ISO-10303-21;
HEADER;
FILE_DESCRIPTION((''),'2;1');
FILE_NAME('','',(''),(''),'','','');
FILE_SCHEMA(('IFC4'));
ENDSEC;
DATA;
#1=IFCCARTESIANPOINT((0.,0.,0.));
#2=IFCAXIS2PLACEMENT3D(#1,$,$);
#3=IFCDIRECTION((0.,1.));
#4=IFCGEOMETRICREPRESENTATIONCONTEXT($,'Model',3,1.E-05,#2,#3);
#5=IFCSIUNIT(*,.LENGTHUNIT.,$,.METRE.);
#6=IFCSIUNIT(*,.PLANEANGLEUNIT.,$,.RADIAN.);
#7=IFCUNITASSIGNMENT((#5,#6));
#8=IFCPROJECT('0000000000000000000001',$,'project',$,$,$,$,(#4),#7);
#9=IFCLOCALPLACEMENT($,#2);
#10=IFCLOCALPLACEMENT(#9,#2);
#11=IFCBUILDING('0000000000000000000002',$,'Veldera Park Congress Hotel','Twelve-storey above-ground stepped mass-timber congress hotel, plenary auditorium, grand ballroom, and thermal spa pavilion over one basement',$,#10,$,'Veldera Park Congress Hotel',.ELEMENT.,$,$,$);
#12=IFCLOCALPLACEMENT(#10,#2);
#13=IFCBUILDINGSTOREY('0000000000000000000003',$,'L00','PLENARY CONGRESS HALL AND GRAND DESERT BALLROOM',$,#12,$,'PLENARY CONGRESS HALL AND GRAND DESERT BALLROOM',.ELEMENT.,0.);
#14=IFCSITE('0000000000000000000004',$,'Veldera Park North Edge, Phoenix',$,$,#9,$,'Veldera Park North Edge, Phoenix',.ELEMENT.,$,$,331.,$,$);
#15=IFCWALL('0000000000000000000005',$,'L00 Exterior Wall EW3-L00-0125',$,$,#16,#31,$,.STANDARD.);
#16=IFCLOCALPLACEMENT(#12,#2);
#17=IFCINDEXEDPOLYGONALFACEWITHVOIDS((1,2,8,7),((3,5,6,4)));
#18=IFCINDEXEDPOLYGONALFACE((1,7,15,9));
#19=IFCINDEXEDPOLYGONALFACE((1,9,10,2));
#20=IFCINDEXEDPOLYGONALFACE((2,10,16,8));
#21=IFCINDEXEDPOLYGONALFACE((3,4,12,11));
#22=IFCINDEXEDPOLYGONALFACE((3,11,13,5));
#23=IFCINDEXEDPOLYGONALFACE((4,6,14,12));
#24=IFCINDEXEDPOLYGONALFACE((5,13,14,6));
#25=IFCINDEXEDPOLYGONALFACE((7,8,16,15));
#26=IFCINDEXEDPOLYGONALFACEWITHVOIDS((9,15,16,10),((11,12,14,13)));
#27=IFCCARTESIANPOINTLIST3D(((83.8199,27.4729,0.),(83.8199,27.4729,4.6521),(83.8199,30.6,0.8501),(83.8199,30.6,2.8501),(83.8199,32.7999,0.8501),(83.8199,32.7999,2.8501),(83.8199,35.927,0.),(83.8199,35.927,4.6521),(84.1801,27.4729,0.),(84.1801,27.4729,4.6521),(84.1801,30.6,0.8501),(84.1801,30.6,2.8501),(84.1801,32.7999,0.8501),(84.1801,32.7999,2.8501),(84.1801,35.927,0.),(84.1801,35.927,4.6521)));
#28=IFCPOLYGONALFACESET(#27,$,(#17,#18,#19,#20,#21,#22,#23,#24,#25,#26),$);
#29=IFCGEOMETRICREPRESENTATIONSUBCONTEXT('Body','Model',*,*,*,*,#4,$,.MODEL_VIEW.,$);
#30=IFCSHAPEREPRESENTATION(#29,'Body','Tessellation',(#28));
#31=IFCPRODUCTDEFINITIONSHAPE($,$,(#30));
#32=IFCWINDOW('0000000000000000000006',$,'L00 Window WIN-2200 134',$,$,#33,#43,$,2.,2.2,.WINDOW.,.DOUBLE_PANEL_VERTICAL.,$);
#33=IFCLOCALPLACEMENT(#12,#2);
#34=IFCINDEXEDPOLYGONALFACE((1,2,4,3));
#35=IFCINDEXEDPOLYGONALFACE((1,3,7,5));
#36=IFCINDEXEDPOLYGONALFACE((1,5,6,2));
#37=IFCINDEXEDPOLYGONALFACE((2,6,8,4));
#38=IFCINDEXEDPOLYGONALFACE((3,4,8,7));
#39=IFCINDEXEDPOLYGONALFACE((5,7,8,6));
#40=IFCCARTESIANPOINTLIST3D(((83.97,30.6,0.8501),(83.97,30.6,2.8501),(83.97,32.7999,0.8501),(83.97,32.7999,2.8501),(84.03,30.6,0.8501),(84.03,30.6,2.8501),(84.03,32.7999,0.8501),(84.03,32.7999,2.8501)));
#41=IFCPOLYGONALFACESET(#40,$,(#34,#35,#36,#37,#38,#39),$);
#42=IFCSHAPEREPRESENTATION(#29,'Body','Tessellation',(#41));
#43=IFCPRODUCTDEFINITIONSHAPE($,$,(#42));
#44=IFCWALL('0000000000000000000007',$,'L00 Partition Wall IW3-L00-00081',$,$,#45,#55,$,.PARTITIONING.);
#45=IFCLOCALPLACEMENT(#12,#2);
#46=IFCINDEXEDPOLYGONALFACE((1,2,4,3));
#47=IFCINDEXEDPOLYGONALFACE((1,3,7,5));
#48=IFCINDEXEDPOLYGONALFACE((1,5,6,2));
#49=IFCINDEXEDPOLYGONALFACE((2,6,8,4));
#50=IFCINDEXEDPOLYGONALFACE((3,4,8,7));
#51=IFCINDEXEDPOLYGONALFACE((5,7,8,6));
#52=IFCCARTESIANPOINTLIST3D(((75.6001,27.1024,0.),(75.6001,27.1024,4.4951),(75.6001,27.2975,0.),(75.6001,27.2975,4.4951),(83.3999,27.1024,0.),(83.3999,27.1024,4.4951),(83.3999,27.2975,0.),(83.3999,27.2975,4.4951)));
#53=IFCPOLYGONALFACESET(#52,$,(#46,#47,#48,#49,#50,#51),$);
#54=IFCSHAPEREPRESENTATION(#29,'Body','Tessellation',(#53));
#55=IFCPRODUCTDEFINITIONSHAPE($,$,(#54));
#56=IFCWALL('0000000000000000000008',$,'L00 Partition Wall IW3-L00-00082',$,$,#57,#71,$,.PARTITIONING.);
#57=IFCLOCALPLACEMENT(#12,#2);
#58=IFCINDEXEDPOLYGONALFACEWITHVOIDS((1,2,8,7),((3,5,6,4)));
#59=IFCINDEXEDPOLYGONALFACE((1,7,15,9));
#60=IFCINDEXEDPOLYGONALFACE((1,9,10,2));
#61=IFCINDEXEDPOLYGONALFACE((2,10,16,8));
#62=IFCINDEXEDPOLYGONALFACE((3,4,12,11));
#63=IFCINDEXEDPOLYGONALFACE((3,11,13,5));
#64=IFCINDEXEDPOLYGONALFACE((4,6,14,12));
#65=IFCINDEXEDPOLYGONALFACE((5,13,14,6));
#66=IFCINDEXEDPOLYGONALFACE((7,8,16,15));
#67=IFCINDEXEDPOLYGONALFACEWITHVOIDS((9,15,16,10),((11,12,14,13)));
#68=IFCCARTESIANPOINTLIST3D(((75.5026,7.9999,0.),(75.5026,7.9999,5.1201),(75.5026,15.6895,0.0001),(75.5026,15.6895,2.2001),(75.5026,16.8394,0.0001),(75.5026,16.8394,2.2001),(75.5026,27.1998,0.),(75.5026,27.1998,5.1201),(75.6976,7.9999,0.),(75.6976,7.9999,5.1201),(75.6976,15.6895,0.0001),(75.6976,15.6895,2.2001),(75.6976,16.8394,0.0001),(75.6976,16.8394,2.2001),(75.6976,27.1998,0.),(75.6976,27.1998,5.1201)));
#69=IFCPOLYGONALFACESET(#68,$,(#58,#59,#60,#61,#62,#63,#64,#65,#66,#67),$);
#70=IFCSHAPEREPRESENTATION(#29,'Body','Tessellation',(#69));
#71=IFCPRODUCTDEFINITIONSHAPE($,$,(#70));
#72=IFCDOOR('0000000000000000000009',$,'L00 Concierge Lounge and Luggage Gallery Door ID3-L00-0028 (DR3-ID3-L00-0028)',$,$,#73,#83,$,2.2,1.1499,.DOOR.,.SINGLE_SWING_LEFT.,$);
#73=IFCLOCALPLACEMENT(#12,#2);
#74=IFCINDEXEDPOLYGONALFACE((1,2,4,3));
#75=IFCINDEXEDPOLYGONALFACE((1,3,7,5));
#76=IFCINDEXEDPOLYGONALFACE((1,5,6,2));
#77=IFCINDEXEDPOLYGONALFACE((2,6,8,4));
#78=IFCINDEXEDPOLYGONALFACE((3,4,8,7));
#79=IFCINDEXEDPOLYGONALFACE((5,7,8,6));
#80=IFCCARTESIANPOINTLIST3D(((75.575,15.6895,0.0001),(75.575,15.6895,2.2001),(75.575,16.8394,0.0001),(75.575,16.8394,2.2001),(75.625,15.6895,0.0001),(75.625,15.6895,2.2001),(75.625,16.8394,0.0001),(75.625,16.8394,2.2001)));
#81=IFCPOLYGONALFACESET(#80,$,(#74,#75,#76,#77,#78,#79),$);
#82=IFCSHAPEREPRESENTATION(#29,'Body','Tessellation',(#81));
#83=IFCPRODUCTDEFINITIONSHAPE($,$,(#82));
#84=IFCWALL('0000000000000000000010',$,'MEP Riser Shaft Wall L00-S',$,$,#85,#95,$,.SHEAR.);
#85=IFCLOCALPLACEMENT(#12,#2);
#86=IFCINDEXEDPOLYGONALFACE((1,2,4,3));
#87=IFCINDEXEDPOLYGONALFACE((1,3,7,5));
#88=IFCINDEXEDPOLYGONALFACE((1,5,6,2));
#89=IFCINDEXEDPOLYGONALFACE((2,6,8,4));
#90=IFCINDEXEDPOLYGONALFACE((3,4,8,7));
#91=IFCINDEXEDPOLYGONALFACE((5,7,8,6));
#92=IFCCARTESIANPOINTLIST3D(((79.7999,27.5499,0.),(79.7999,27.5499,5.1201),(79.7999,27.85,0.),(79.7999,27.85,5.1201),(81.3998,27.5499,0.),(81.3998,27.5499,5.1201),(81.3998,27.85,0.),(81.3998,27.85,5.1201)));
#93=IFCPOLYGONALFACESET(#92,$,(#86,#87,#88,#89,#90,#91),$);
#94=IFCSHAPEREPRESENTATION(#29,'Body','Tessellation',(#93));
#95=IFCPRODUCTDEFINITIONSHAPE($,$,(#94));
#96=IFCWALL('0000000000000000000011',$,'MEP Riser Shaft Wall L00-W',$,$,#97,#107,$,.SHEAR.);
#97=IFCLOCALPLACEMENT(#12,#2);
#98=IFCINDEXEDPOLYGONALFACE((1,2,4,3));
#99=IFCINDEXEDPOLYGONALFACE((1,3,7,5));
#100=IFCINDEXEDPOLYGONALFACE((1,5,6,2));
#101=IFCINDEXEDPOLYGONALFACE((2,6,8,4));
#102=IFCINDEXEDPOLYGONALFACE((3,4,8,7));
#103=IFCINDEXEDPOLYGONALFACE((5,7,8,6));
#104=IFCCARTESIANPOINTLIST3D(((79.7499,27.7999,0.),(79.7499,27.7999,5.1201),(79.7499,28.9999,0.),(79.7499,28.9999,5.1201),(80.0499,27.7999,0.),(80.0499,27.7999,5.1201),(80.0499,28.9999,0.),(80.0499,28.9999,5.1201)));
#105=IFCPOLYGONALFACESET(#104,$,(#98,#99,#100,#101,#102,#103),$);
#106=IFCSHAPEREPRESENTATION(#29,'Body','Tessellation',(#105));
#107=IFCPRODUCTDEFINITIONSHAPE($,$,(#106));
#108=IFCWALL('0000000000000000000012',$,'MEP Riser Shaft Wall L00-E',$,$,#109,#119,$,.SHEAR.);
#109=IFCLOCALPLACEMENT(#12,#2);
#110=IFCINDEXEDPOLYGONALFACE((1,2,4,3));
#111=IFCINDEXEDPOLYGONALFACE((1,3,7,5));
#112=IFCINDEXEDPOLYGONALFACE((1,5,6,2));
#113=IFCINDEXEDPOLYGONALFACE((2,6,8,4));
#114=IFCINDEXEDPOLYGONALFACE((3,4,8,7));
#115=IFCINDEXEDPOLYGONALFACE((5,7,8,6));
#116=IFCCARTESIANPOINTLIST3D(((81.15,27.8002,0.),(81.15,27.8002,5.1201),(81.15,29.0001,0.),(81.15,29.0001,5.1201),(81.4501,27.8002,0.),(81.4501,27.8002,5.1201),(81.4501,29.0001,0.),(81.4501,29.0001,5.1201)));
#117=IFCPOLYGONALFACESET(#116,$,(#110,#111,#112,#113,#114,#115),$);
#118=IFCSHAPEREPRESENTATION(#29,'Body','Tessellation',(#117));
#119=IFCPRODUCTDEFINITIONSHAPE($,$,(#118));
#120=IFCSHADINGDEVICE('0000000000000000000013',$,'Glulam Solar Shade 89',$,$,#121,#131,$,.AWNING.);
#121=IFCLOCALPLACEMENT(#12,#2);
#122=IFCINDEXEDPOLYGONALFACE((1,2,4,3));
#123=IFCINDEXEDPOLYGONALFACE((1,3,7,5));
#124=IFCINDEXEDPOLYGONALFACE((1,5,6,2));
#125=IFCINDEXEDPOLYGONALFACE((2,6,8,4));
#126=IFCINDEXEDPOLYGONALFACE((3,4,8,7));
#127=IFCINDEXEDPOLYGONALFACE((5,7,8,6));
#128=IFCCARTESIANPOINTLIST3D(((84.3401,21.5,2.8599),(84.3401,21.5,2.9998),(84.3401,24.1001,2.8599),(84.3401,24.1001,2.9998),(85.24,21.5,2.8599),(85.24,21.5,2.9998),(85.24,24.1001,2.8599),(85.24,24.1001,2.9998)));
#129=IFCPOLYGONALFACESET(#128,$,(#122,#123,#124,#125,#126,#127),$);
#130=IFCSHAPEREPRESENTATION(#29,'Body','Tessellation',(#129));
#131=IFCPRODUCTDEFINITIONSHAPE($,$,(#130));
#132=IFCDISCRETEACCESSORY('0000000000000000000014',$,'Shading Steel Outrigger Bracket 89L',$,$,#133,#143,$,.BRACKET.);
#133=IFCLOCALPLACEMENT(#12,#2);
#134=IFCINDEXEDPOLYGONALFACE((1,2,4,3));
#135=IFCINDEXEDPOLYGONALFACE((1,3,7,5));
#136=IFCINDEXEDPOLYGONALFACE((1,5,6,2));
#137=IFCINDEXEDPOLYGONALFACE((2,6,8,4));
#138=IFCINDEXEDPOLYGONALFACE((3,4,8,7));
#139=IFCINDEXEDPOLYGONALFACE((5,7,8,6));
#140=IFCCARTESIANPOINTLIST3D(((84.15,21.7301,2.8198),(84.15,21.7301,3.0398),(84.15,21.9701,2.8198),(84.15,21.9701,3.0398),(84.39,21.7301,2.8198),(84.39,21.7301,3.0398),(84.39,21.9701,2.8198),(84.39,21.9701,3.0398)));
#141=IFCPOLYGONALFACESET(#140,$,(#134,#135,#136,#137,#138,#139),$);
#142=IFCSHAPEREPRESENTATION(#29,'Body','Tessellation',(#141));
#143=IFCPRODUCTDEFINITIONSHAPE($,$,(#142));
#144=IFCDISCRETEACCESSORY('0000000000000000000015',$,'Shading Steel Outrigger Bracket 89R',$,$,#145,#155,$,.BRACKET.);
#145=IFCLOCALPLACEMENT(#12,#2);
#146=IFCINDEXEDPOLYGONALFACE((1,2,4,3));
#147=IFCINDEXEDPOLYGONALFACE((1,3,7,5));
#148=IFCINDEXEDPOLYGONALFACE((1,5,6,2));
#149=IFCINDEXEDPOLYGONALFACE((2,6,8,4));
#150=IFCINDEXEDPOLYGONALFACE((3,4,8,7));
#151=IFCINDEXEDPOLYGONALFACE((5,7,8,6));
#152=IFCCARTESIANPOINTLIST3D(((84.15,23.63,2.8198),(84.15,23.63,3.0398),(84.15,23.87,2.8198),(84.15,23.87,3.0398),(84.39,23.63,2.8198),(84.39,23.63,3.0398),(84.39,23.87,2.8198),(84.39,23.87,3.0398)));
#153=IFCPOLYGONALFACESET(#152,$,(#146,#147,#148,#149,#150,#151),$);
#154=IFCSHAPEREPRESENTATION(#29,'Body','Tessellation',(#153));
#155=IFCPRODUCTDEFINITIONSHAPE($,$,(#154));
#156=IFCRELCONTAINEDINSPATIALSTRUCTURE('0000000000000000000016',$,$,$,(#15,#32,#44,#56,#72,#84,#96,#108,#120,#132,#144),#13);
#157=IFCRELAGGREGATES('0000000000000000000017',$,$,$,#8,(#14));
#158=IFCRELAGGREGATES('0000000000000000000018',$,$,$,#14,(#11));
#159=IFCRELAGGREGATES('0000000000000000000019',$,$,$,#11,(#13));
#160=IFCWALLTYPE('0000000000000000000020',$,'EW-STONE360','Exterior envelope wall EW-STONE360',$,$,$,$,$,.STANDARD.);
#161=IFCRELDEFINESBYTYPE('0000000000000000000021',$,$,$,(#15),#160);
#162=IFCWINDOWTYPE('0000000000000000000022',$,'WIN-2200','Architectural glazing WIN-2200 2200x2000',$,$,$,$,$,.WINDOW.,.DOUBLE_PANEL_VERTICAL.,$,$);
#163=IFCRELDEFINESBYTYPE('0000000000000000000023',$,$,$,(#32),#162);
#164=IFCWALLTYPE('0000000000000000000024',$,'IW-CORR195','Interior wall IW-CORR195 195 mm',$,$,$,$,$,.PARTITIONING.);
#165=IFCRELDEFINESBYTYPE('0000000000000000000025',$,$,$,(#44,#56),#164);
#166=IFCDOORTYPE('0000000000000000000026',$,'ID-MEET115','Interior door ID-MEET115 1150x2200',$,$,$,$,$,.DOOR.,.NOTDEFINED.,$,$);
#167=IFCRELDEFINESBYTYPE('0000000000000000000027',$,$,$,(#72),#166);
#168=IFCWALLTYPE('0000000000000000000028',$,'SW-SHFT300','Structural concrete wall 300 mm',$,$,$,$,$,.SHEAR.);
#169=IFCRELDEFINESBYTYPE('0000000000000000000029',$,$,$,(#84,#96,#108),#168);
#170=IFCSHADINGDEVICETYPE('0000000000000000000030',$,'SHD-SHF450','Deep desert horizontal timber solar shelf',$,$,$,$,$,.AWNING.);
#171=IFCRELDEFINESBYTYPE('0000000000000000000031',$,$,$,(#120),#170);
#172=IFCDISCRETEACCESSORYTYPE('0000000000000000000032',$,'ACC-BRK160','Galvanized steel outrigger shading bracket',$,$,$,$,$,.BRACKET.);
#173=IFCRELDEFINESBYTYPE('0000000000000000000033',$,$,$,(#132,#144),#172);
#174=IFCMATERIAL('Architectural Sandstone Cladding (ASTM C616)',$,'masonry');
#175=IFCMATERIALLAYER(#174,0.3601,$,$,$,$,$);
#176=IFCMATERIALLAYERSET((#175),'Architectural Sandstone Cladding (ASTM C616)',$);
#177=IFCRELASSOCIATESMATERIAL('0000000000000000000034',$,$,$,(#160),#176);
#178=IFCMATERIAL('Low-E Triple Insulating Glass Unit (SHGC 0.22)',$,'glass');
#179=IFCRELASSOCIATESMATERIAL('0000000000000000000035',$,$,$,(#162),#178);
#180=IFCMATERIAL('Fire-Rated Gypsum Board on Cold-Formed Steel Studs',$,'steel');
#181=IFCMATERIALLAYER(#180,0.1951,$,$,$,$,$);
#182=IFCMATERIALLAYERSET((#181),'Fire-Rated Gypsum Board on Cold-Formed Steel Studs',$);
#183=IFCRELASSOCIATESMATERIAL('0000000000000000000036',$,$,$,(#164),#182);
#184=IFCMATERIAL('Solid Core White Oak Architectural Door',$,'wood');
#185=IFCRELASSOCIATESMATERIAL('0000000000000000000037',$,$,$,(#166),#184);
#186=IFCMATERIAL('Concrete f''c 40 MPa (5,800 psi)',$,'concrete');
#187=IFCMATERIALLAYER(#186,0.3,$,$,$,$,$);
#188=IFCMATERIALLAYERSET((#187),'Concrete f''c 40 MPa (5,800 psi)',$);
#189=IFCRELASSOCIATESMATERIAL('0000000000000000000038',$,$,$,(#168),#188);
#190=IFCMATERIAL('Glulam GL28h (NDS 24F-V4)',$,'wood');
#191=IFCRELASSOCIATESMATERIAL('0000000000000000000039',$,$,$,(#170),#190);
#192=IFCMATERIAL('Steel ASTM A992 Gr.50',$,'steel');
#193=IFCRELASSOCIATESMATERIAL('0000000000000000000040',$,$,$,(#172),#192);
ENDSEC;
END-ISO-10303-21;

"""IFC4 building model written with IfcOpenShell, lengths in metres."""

from ifc_helpers import new_model, si_unit, direction, frame, frame_2d, origin, origin_2d, place, context, subcontext, project, spatial, rectangle, extrude, material, layer, layer_set, type_object, element, fill, save


model = new_model("IFC4")

# Units and contexts
model_context = context("Model", 3, precision=1e-05, world=origin(), true_north=direction((0.0, 1.0)))
body_context = subcontext(model_context, "Body", "Model", "MODEL_VIEW")
ifc_project = project(units=[si_unit("LENGTHUNIT", "METRE"), si_unit("PLANEANGLEUNIT", "RADIAN")], contexts=[model_context])

# Site, building, storey
site_placement = place(None, origin())
site = spatial("IfcSite", under=ifc_project, at=site_placement, Name="Veldera Park North Edge, Phoenix", LongName="Veldera Park North Edge, Phoenix", CompositionType="ELEMENT", RefElevation=331.0)
building_placement = place(site_placement, origin())
building = spatial("IfcBuilding", under=site, at=building_placement, Name="Veldera Park Congress Hotel", Description="Twelve-storey above-ground stepped mass-timber congress hotel, plenary auditorium, grand ballroom, and thermal spa pavilion over one basement", LongName="Veldera Park Congress Hotel", CompositionType="ELEMENT")
storey_placement = place(building_placement, origin())
storey = spatial("IfcBuildingStorey", under=building, at=storey_placement, Name="L00", Description="PLENARY CONGRESS HALL AND GRAND DESERT BALLROOM", LongName="PLENARY CONGRESS HALL AND GRAND DESERT BALLROOM", CompositionType="ELEMENT", Elevation=0.0)

# Shared definitions
ifc_material_1 = material(Name="Concrete f'c 40 MPa (5,800 psi)", Category="concrete")

# Shared definitions
ifc_material_2 = material(Name="Glulam GL28h (NDS 24F-V4)", Category="wood")
ifc_material_3 = material(Name="Steel ASTM A992 Gr.50", Category="steel")

# Wall, opening, window
ifc_material_4 = material(Name="Architectural Sandstone Cladding (ASTM C616)", Category="masonry")
ifc_layer_1 = layer(ifc_material_4, 0.3601)
ifc_layer_set_1 = layer_set([ifc_layer_1], Name="Architectural Sandstone Cladding (ASTM C616)")
wall_type_1 = type_object("IfcWallType", Name="EW-STONE360", Description="Exterior envelope wall EW-STONE360", PredefinedType="STANDARD", material=ifc_layer_set_1)
ifc_material_5 = material(Name="Low-E Triple Insulating Glass Unit (SHGC 0.22)", Category="glass")
window_type = type_object("IfcWindowType", Name="WIN-2200", Description="Architectural glazing WIN-2200 2200x2000", PartitioningType="DOUBLE_PANEL_VERTICAL", PredefinedType="WINDOW", material=ifc_material_5)
wall_1_placement = place(storey_placement, frame((84.0, 27.4729, 0.0), z_axis=(0.0, 0.0, 1.0), x_axis=(0.0, 1.0, 0.0)))
wall_1 = element("IfcWall", 1, at=wall_1_placement, inside=storey, type_object=wall_type_1, Name="L00 Exterior Wall EW3-L00-0125", PredefinedType="STANDARD", context=body_context, shape_type="SweptSolid", body=[
    extrude(rectangle(XDim=8.4541, YDim=0.3601, at=frame_2d((4.2271, 0.0))), origin(), (0.0, 0.0, 1.0), 4.6521),
])
opening_1_placement = place(wall_1_placement, frame((3.127, 0.0, 0.8501)))
opening_1 = element("IfcOpeningElement", 2, at=opening_1_placement, cuts=wall_1, PredefinedType="OPENING", context=body_context, shape_type="SweptSolid", body=[
    extrude(rectangle(XDim=2.2, YDim=2.0, at=frame_2d((1.1001, 1.0))), frame((0.0, 0.1921, 0.0), z_axis=(0.0, -1.0, 0.0), x_axis=(1.0, 0.0, 0.0)), (0.0, 0.0, 1.0), 0.384),
])
window_1_placement = place(opening_1_placement, origin())
window_1 = element("IfcWindow", 3, at=window_1_placement, inside=storey, type_object=window_type, Name="L00 Window WIN-2200 134", OverallHeight=2.0, OverallWidth=2.2, PartitioningType="DOUBLE_PANEL_VERTICAL", PredefinedType="WINDOW", context=body_context, shape_type="SweptSolid", body=[
    extrude(rectangle(XDim=2.2, YDim=2.0, at=frame_2d((1.1001, 1.0))), frame((0.0, 0.03, 0.0), z_axis=(0.0, -1.0, 0.0), x_axis=(1.0, 0.0, 0.0)), (0.0, 0.0, 1.0), 0.0601),
])
fill(opening_1, window_1)

# Wall
ifc_material_6 = material(Name="Fire-Rated Gypsum Board on Cold-Formed Steel Studs", Category="steel")
ifc_layer_2 = layer(ifc_material_6, 0.1951)
ifc_layer_set_2 = layer_set([ifc_layer_2], Name="Fire-Rated Gypsum Board on Cold-Formed Steel Studs")
wall_type_2 = type_object("IfcWallType", Name="IW-CORR195", Description="Interior wall IW-CORR195 195 mm", PredefinedType="PARTITIONING", material=ifc_layer_set_2)
wall_2_placement = place(storey_placement, frame((83.3999, 27.2, 0.0), z_axis=(0.0, 0.0, 1.0), x_axis=(-1.0, 0.0, 0.0)))
element("IfcWall", 4, at=wall_2_placement, inside=storey, type_object=wall_type_2, Name="L00 Partition Wall IW3-L00-00081", PredefinedType="PARTITIONING", context=body_context, shape_type="SweptSolid", body=[
    extrude(rectangle(XDim=7.7998, YDim=0.1951, at=frame_2d((3.8999, 0.0))), origin(), (0.0, 0.0, 1.0), 4.4951),
])

# Wall, opening, door
wall_3_placement = place(storey_placement, frame((75.6001, 27.2, 0.0), z_axis=(0.0, 0.0, 1.0), x_axis=(0.0, -1.0, 0.0)))
wall_3 = element("IfcWall", 5, at=wall_3_placement, inside=storey, type_object=wall_type_2, Name="L00 Partition Wall IW3-L00-00082", PredefinedType="PARTITIONING", context=body_context, shape_type="SweptSolid", body=[
    extrude(rectangle(XDim=19.2, YDim=0.1951, at=frame_2d((9.6001, 0.0))), origin(), (0.0, 0.0, 1.0), 5.1201),
])
opening_2_placement = place(wall_3_placement, frame((10.3606, 0.0, 0.0)))
opening_2 = element("IfcOpeningElement", 6, at=opening_2_placement, cuts=wall_3, PredefinedType="OPENING", context=body_context, shape_type="SweptSolid", body=[
    extrude(rectangle(XDim=1.1499, YDim=2.2, at=frame_2d((0.575, 1.1001))), frame((0.0, 0.1096, 0.0), z_axis=(0.0, -1.0, 0.0), x_axis=(1.0, 0.0, 0.0)), (0.0, 0.0, 1.0), 0.219),
])
ifc_material_7 = material(Name="Solid Core White Oak Architectural Door", Category="wood")
door_type = type_object("IfcDoorType", Name="ID-MEET115", Description="Interior door ID-MEET115 1150x2200", OperationType="NOTDEFINED", PredefinedType="DOOR", material=ifc_material_7)
door_placement = place(opening_2_placement, origin())
door = element("IfcDoor", 7, at=door_placement, inside=storey, type_object=door_type, Name="L00 Concierge Lounge and Luggage Gallery Door ID3-L00-0028 (DR3-ID3-L00-0028)", OperationType="SINGLE_SWING_LEFT", OverallHeight=2.2, OverallWidth=1.1499, PredefinedType="DOOR", context=body_context, shape_type="SweptSolid", body=[
    extrude(rectangle(XDim=1.1499, YDim=2.2, at=frame_2d((0.575, 1.1001))), frame((0.0, 0.0249, 0.0), z_axis=(0.0, -1.0, 0.0), x_axis=(1.0, 0.0, 0.0)), (0.0, 0.0, 1.0), 0.05),
])
fill(opening_2, door)

# Walls
ifc_layer_3 = layer(ifc_material_1, 0.3)
ifc_layer_set_3 = layer_set([ifc_layer_3], Name="Concrete f'c 40 MPa (5,800 psi)")
wall_type_3 = type_object("IfcWallType", Name="SW-SHFT300", Description="Structural concrete wall 300 mm", PredefinedType="SHEAR", material=ifc_layer_set_3)
wall_4_placement = place(storey_placement, frame((79.8, 27.7, 0.0), z_axis=(0.0, 0.0, 1.0), x_axis=(1.0, 0.0, 0.0)))
element("IfcWall", 8, at=wall_4_placement, inside=storey, type_object=wall_type_3, Name="MEP Riser Shaft Wall L00-S", PredefinedType="SHEAR", context=body_context, shape_type="SweptSolid", body=[
    extrude(rectangle(XDim=1.5999, YDim=0.3, at=frame_2d((0.7998, 0.0))), origin(), (0.0, 0.0, 1.0), 5.1201),
])
for number, where, z_axis, x_axis, name in (
    (9, (79.8999, 29.0, 0.0), (0.0, 0.0, 1.0), (0.0, -1.0, 0.0), "MEP Riser Shaft Wall L00-W"),
    (10, (81.3, 27.8, 0.0), (0.0, 0.0, 1.0), (0.0, 1.0, 0.0), "MEP Riser Shaft Wall L00-E"),
):
    element("IfcWall", number, at=place(storey_placement, frame(where, z_axis=z_axis, x_axis=x_axis)), inside=storey, type_object=wall_type_3, Name=name, PredefinedType="SHEAR", context=body_context, shape_type="SweptSolid", body=[
        extrude(rectangle(XDim=1.2, YDim=0.3, at=frame_2d((0.6001, 0.0))), origin(), (0.0, 0.0, 1.0), 5.1201),
    ])

# Shading device
shading_device_type = type_object("IfcShadingDeviceType", Name="SHD-SHF450", Description="Deep desert horizontal timber solar shelf", PredefinedType="AWNING", material=ifc_material_2)
shading_device_placement = place(storey_placement, frame((84.79, 22.8, 2.8599), z_axis=(0.0, 0.0, 1.0), x_axis=(0.0, 1.0, 0.0)))
element("IfcShadingDevice", 11, at=shading_device_placement, inside=storey, type_object=shading_device_type, Name="Glulam Solar Shade 89", PredefinedType="AWNING", context=body_context, shape_type="SweptSolid", body=[
    extrude(rectangle(XDim=2.6001, YDim=0.8999, at=origin_2d()), origin(), (0.0, 0.0, 1.0), 0.1399),
])

# Discrete accessories
discrete_accessory_type = type_object("IfcDiscreteAccessoryType", Name="ACC-BRK160", Description="Galvanized steel outrigger shading bracket", PredefinedType="BRACKET", material=ifc_material_3)
for number, where, z_axis, x_axis, name in (
    (12, (84.27, 21.8501, 2.8198), (0.0, 0.0, 1.0), (0.0, 1.0, 0.0), "Shading Steel Outrigger Bracket 89L"),
    (13, (84.27, 23.75, 2.8198), (0.0, 0.0, 1.0), (0.0, 1.0, 0.0), "Shading Steel Outrigger Bracket 89R"),
):
    element("IfcDiscreteAccessory", number, at=place(storey_placement, frame(where, z_axis=z_axis, x_axis=x_axis)), inside=storey, type_object=discrete_accessory_type, Name=name, PredefinedType="BRACKET", context=body_context, shape_type="SweptSolid", body=[
        extrude(rectangle(XDim=0.24, YDim=0.24, at=origin_2d()), origin(), (0.0, 0.0, 1.0), 0.22),
    ])

save(model, "model.ifc")
